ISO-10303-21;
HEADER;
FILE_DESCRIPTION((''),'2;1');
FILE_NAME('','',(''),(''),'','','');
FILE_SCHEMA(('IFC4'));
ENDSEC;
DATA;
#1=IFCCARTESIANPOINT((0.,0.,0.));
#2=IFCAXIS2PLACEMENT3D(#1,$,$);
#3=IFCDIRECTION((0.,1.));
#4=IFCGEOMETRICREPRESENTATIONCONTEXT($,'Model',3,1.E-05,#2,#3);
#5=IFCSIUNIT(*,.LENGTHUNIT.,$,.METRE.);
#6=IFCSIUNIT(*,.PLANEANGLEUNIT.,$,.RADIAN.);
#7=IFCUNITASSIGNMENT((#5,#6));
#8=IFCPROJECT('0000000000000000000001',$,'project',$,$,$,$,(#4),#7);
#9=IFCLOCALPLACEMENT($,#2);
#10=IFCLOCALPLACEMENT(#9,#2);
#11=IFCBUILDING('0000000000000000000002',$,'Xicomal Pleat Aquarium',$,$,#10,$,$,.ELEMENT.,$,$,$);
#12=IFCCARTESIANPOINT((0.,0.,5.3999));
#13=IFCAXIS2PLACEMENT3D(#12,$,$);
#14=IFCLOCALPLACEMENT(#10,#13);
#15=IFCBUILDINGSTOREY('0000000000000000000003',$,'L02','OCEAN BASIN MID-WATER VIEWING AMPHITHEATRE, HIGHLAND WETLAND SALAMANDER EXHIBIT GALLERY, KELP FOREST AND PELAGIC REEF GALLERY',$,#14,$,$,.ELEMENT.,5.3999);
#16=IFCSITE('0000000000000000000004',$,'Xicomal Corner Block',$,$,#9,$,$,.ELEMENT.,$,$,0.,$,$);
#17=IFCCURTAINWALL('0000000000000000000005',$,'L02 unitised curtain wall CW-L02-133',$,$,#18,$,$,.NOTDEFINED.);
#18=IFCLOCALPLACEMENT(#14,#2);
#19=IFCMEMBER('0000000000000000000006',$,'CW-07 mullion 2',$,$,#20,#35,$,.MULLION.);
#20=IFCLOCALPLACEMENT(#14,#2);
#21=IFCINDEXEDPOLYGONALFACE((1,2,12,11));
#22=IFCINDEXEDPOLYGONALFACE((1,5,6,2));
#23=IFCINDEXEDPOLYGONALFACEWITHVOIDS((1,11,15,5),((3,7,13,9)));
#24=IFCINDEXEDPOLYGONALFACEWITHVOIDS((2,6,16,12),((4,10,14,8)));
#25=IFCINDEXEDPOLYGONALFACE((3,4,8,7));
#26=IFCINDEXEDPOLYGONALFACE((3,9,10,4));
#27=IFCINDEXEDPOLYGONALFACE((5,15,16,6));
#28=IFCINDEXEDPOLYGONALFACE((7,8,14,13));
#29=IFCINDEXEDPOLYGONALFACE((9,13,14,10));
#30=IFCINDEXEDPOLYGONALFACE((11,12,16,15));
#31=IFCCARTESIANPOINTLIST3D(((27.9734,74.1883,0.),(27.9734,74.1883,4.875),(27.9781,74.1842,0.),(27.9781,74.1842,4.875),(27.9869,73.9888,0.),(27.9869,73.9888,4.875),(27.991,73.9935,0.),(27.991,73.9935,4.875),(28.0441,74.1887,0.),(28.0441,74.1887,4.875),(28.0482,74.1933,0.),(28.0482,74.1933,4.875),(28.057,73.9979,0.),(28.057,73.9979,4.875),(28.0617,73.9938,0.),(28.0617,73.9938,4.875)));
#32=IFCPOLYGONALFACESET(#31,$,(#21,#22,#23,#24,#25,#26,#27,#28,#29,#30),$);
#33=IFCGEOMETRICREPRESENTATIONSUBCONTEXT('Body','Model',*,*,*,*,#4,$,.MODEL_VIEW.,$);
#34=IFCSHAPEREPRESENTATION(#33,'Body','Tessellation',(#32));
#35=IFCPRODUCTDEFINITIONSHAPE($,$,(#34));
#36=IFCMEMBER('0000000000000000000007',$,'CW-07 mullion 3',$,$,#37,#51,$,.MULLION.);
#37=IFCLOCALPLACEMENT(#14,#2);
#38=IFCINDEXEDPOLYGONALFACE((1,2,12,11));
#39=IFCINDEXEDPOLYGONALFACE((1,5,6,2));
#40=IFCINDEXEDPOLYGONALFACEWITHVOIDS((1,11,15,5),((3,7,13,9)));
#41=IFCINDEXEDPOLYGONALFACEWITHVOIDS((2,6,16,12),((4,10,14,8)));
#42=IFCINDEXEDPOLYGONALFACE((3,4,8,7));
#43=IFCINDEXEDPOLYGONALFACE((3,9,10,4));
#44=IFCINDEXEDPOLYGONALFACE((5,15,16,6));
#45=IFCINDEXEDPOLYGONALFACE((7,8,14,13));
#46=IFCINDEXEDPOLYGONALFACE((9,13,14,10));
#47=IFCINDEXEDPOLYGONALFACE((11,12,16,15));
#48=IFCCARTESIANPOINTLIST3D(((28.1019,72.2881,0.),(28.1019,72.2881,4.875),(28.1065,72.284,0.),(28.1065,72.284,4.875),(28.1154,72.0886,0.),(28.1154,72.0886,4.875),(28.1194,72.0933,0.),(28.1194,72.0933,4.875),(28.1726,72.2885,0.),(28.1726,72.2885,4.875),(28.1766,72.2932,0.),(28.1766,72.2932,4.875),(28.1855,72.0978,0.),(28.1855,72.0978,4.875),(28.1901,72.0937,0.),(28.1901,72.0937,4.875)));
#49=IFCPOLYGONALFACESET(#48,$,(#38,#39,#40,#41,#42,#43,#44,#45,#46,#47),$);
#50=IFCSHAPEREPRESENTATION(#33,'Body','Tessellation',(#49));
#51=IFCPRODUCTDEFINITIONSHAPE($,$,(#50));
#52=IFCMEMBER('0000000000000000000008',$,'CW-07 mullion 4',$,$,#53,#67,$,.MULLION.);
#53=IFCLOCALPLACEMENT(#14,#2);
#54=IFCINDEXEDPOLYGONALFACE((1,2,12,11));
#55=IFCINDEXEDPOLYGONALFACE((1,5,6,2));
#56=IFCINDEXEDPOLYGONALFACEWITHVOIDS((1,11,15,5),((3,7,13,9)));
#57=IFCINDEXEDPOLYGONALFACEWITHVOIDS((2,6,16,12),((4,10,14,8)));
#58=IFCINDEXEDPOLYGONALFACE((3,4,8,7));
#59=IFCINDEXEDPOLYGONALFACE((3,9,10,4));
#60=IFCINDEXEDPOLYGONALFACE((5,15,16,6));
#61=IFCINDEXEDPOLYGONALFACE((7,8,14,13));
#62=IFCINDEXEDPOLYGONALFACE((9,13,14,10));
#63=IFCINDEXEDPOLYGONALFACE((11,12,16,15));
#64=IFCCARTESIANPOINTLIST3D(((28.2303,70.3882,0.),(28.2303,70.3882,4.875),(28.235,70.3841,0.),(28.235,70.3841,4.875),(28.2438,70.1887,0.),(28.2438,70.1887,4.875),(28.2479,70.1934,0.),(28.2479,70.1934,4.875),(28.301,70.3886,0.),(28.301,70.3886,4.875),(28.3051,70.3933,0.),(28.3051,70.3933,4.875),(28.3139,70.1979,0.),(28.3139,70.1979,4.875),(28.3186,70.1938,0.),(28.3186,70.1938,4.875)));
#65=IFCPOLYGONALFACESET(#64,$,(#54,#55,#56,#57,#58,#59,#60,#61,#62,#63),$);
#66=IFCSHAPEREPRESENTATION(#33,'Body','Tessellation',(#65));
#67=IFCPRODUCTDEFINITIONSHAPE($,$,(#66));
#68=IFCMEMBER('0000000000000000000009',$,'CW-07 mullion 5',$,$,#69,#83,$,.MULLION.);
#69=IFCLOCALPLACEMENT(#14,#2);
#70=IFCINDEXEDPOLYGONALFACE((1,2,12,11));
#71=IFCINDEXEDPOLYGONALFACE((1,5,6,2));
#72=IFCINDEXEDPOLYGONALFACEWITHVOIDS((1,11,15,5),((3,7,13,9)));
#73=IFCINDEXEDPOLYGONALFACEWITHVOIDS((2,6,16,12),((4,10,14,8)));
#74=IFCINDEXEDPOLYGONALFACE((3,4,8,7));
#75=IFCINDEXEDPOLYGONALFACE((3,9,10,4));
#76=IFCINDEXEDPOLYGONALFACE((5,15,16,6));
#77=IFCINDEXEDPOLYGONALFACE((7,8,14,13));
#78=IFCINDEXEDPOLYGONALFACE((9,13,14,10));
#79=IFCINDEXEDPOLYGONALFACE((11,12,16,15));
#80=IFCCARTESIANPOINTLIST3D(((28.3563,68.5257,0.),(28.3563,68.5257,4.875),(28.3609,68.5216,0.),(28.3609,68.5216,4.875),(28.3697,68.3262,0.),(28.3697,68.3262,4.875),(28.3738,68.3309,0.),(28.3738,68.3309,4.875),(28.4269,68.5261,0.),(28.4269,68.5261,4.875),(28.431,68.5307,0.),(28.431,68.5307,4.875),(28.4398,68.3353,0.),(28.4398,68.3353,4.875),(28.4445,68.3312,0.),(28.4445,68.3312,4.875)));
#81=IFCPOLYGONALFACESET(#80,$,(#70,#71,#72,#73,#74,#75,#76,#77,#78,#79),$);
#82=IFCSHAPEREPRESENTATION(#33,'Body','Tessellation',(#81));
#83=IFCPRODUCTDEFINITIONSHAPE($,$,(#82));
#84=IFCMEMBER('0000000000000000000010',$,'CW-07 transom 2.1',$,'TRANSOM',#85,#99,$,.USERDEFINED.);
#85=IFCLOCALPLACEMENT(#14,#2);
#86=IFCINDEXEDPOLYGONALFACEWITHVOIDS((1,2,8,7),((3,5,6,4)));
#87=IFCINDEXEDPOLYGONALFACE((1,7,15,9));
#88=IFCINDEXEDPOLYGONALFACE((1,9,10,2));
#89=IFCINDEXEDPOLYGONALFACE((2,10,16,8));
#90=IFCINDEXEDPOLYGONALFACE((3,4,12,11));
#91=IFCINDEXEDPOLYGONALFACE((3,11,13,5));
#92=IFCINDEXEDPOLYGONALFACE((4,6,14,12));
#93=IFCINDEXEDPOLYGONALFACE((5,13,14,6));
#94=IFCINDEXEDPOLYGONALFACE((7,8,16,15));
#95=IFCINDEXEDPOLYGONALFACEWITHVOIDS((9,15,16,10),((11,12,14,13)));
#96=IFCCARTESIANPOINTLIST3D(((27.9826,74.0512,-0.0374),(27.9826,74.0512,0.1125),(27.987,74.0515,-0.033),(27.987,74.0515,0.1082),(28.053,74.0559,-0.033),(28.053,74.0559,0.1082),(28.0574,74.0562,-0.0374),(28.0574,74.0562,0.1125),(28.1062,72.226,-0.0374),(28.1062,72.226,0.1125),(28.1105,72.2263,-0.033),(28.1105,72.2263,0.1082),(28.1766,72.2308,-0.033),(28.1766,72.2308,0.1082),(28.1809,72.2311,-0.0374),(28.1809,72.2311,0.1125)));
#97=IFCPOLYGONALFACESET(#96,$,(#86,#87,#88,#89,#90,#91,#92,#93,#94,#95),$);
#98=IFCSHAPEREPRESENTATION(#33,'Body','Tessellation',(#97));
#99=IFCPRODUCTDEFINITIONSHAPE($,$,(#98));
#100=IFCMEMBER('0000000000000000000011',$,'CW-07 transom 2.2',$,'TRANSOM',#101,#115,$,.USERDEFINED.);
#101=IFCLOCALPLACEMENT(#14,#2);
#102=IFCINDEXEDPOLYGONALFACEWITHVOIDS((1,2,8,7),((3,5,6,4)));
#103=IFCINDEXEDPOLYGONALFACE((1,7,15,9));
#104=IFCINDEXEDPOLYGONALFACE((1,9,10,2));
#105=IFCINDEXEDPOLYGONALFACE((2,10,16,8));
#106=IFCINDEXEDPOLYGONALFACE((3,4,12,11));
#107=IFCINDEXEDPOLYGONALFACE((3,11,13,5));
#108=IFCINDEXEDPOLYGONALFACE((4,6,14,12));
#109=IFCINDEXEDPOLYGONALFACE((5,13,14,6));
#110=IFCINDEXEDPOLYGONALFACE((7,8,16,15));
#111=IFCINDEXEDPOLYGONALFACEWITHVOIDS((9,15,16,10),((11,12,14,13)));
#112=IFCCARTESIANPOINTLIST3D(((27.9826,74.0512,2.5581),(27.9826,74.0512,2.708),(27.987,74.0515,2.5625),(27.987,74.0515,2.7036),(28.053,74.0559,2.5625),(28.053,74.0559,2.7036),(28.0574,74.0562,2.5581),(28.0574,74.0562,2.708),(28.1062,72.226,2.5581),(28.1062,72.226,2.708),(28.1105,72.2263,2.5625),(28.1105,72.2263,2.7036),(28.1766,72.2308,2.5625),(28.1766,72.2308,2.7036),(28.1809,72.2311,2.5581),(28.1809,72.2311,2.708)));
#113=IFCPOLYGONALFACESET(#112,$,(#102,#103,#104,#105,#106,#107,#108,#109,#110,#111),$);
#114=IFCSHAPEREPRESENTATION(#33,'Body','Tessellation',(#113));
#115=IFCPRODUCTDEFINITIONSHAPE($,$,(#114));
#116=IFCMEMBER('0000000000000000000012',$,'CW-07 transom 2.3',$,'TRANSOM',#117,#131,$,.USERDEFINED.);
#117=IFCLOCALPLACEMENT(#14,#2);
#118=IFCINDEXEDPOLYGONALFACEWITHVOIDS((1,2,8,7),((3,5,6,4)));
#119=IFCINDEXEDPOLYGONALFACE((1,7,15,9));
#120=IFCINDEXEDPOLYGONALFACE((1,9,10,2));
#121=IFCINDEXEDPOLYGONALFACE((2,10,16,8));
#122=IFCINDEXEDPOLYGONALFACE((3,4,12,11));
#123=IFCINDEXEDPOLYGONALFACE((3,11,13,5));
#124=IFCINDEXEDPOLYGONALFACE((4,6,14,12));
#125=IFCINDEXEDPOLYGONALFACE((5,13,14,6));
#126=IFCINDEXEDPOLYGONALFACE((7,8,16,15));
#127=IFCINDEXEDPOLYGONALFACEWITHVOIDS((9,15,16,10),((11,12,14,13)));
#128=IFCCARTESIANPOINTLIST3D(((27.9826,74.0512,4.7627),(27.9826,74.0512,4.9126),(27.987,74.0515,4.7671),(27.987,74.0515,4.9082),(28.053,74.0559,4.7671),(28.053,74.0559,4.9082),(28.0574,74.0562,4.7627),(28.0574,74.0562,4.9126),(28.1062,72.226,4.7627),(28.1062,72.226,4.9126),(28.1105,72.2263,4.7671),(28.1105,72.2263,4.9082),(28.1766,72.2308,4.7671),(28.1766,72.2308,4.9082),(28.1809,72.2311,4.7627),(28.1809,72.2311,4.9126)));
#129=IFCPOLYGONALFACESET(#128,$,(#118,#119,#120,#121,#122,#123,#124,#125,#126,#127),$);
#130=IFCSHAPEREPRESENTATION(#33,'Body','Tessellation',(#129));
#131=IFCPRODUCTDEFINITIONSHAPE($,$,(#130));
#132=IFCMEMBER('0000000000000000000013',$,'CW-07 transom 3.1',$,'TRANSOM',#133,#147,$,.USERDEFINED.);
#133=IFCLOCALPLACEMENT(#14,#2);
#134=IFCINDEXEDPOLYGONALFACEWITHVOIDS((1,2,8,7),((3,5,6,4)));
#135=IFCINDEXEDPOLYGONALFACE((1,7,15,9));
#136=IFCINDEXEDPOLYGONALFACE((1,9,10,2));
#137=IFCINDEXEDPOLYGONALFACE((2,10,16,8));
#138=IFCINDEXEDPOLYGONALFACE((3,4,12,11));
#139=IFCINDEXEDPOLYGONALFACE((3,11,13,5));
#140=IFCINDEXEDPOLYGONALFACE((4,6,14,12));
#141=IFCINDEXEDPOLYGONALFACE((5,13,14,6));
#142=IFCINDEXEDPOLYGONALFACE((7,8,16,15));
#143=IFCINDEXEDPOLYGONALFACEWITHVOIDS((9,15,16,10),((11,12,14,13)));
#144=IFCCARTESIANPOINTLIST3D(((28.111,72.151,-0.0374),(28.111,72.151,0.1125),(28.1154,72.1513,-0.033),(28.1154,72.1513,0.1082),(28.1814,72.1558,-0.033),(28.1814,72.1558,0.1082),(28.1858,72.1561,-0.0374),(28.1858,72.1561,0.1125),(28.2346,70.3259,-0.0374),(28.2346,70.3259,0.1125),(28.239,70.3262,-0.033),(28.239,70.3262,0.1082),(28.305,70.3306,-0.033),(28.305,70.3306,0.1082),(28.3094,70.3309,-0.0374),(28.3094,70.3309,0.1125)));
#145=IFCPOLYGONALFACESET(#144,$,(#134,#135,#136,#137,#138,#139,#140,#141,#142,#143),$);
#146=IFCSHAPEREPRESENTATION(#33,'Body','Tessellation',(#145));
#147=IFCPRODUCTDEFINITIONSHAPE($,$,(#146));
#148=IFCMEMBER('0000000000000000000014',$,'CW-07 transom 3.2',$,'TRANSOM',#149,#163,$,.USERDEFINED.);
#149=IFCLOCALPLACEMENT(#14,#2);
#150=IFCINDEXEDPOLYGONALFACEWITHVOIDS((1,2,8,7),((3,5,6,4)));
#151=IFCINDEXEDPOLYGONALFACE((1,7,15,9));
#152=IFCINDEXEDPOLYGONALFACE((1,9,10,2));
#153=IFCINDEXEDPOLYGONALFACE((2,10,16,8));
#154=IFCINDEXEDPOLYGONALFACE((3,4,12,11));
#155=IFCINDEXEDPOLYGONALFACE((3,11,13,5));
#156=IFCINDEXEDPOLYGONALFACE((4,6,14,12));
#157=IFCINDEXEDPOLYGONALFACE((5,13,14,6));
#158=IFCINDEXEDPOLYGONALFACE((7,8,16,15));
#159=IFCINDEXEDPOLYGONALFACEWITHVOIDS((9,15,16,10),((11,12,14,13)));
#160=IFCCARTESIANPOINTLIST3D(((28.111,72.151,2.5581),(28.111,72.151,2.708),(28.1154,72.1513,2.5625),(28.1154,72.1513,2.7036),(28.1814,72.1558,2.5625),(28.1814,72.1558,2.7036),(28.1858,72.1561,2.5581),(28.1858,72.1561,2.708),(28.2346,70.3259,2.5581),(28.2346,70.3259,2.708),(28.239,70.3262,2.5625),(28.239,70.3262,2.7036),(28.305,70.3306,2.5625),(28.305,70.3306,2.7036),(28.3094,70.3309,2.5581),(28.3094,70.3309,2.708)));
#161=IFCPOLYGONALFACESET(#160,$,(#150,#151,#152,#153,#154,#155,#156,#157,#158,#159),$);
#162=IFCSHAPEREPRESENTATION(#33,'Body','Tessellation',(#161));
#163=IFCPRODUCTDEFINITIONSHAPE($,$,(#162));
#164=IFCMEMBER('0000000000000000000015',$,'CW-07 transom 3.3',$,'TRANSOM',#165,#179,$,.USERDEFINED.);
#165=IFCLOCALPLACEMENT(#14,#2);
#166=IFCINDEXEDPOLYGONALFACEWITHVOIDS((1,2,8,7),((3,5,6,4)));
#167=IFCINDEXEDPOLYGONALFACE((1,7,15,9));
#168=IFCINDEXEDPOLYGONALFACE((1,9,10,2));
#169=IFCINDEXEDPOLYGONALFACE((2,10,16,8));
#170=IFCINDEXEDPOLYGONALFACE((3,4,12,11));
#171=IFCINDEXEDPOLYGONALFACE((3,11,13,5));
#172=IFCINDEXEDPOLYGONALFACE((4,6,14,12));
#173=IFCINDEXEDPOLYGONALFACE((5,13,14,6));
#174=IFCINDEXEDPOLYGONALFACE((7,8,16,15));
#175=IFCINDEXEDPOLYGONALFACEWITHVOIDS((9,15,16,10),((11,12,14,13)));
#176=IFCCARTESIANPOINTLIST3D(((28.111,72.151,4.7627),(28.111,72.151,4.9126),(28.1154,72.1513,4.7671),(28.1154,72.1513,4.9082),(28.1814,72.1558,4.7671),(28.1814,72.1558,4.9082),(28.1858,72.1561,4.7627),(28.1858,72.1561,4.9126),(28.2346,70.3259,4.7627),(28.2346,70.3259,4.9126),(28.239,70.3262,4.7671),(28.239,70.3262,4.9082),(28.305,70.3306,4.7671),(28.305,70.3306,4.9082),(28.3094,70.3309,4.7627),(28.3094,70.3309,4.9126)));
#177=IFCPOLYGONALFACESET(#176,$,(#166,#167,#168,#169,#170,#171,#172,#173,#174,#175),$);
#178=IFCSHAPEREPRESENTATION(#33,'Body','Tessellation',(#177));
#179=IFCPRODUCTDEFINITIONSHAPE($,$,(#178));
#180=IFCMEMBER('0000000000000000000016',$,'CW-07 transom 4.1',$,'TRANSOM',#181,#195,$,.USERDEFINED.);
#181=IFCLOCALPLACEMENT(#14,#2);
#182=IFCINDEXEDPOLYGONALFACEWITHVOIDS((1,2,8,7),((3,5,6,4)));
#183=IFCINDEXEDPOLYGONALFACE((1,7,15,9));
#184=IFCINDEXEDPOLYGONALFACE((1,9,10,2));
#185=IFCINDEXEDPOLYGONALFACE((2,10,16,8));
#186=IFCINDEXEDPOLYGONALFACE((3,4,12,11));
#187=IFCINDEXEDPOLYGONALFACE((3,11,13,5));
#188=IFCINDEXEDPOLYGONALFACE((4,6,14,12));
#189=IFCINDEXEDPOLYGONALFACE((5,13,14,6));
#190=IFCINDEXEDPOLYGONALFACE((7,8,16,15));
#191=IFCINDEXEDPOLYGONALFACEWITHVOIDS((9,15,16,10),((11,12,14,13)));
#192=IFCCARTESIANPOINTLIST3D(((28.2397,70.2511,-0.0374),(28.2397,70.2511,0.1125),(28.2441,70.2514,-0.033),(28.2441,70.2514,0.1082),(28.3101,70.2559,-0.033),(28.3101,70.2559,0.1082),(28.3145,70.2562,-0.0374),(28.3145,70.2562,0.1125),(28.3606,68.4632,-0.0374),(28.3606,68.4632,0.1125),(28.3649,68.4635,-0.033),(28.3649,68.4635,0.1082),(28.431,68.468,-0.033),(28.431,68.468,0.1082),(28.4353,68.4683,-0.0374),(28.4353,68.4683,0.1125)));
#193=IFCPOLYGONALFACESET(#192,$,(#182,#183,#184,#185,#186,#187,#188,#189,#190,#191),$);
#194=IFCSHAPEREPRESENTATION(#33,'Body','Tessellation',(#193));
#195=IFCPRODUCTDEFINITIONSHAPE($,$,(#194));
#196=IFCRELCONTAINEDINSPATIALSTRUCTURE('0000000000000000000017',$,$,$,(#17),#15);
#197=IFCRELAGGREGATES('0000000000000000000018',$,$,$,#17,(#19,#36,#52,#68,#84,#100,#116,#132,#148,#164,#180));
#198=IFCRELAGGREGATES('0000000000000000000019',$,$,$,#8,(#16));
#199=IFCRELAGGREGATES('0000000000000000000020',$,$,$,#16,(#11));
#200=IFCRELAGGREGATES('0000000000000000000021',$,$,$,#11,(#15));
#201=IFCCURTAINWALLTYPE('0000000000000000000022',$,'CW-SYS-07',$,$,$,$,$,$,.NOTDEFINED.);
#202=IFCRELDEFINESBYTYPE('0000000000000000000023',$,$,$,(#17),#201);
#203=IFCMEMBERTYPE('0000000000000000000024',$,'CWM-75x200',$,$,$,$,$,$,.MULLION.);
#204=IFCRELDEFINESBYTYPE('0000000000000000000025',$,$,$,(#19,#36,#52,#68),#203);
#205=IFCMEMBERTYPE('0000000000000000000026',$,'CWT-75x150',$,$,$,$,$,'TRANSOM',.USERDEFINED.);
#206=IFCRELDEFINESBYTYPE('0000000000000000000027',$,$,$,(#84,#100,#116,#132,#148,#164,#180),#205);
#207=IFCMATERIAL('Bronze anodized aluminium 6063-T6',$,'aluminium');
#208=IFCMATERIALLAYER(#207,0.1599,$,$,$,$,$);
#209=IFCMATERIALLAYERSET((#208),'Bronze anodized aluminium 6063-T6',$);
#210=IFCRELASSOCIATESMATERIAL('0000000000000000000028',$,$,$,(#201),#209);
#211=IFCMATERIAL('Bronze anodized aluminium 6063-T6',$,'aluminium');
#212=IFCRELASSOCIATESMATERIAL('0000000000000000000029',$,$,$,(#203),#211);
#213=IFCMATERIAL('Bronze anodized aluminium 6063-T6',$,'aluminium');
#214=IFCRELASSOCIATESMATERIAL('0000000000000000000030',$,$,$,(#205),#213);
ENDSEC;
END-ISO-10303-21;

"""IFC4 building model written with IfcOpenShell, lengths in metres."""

from ifc_helpers import new_model, si_unit, direction, frame, origin, origin_2d, place, context, subcontext, project, spatial, hollow_rectangle, extrude, material, layer, layer_set, material_profile, profile_set, type_object, element, aggregate, save


model = new_model("IFC4")

# Units and contexts
model_context = context("Model", 3, precision=1e-05, world=origin(), true_north=direction((0.0, 1.0)))
body_context = subcontext(model_context, "Body", "Model", "MODEL_VIEW")
ifc_project = project(units=[si_unit("LENGTHUNIT", "METRE"), si_unit("PLANEANGLEUNIT", "RADIAN")], contexts=[model_context])

# Site, building, storey
site_placement = place(None, origin())
site = spatial("IfcSite", under=ifc_project, at=site_placement, Name="Xicomal Corner Block", CompositionType="ELEMENT", RefElevation=0.0)
building_placement = place(site_placement, origin())
building = spatial("IfcBuilding", under=site, at=building_placement, Name="Xicomal Pleat Aquarium", CompositionType="ELEMENT")
storey_placement = place(building_placement, frame((0.0, 0.0, 5.3999)))
storey = spatial("IfcBuildingStorey", under=building, at=storey_placement, Name="L02", Description="OCEAN BASIN MID-WATER VIEWING AMPHITHEATRE, HIGHLAND WETLAND SALAMANDER EXHIBIT GALLERY, KELP FOREST AND PELAGIC REEF GALLERY", CompositionType="ELEMENT", Elevation=5.3999)

# Curtain wall, members
ifc_material_1 = material(Name="Bronze anodized aluminium 6063-T6", Category="aluminium")
ifc_layer_1 = layer(ifc_material_1, 0.1599)
ifc_layer_set_1 = layer_set([ifc_layer_1], Name="Bronze anodized aluminium 6063-T6")
curtain_wall_type = type_object("IfcCurtainWallType", Name="CW-SYS-07", PredefinedType="NOTDEFINED", material=ifc_layer_set_1)
curtain_wall_placement = place(storey_placement, origin())
curtain_wall = element("IfcCurtainWall", 1, at=curtain_wall_placement, inside=storey, type_object=curtain_wall_type, Name="L02 unitised curtain wall CW-L02-133", PredefinedType="NOTDEFINED")
ifc_material_2 = material(Name="Bronze anodized aluminium 6063-T6", Category="aluminium")
ifc_material_profile_1 = material_profile(ifc_material_2, hollow_rectangle(XDim=0.075, YDim=0.2, WallThickness=0.0044, at=origin_2d()), Name="ALU MULL 75x200")
ifc_profile_set_1 = profile_set([ifc_material_profile_1], Name="Bronze anodized aluminium 6063-T6")
member_type_1 = type_object("IfcMemberType", Name="CWM-75x200", PredefinedType="MULLION", material=ifc_profile_set_1)
member_1_placement = place(storey_placement, frame((28.0176, 74.0911, 0.0), z_axis=(0.0, 0.0, 1.0), x_axis=(0.997721, 0.067477, 0.0)))
member_1 = element("IfcMember", 2, at=member_1_placement, type_object=member_type_1, Name="CW-07 mullion 2", PredefinedType="MULLION", context=body_context, shape_type="SweptSolid", body=[
    extrude(hollow_rectangle(XDim=0.075, YDim=0.2, WallThickness=0.0044, at=origin_2d()), origin(), (0.0, 0.0, 1.0), 4.875),
])
member_2_placement = place(storey_placement, frame((28.146, 72.1909, 0.0), z_axis=(0.0, 0.0, 1.0), x_axis=(0.997721, 0.067477, 0.0)))
member_2 = element("IfcMember", 3, at=member_2_placement, type_object=member_type_1, Name="CW-07 mullion 3", PredefinedType="MULLION", context=body_context, shape_type="SweptSolid", body=[
    extrude(hollow_rectangle(XDim=0.075, YDim=0.2, WallThickness=0.0044, at=origin_2d()), origin(), (0.0, 0.0, 1.0), 4.875),
])
member_3_placement = place(storey_placement, frame((28.2744, 70.291, 0.0), z_axis=(0.0, 0.0, 1.0), x_axis=(0.997721, 0.067477, 0.0)))
member_3 = element("IfcMember", 4, at=member_3_placement, type_object=member_type_1, Name="CW-07 mullion 4", PredefinedType="MULLION", context=body_context, shape_type="SweptSolid", body=[
    extrude(hollow_rectangle(XDim=0.075, YDim=0.2, WallThickness=0.0044, at=origin_2d()), origin(), (0.0, 0.0, 1.0), 4.875),
])
member_4_placement = place(storey_placement, frame((28.4004, 68.4285, 0.0), z_axis=(0.0, 0.0, 1.0), x_axis=(0.997721, 0.067477, 0.0)))
member_4 = element("IfcMember", 5, at=member_4_placement, type_object=member_type_1, Name="CW-07 mullion 5", PredefinedType="MULLION", context=body_context, shape_type="SweptSolid", body=[
    extrude(hollow_rectangle(XDim=0.075, YDim=0.2, WallThickness=0.0044, at=origin_2d()), origin(), (0.0, 0.0, 1.0), 4.875),
])
ifc_material_3 = material(Name="Bronze anodized aluminium 6063-T6", Category="aluminium")
ifc_material_profile_2 = material_profile(ifc_material_3, hollow_rectangle(XDim=0.075, YDim=0.1499, WallThickness=0.0044, at=origin_2d()), Name="ALU TRAN 75x150")
ifc_profile_set_2 = profile_set([ifc_material_profile_2], Name="Bronze anodized aluminium 6063-T6")
member_type_2 = type_object("IfcMemberType", Name="CWT-75x150", ElementType="TRANSOM", PredefinedType="USERDEFINED", material=ifc_profile_set_2)
member_5_placement = place(storey_placement, frame((28.02, 74.0537, 0.0376), z_axis=(0.067529, -0.997717, 0.0), x_axis=(0.997717, 0.067529, 0.0)))
member_5 = element("IfcMember", 6, at=member_5_placement, type_object=member_type_2, Name="CW-07 transom 2.1", ObjectType="TRANSOM", PredefinedType="USERDEFINED", context=body_context, shape_type="SweptSolid", body=[
    extrude(hollow_rectangle(XDim=0.075, YDim=0.1499, WallThickness=0.0044, at=origin_2d()), origin(), (0.0, 0.0, 1.0), 1.8293),
])
member_6_placement = place(storey_placement, frame((28.02, 74.0537, 2.6331), z_axis=(0.067529, -0.997717, 0.0), x_axis=(0.997717, 0.067529, 0.0)))
member_6 = element("IfcMember", 7, at=member_6_placement, type_object=member_type_2, Name="CW-07 transom 2.2", ObjectType="TRANSOM", PredefinedType="USERDEFINED", context=body_context, shape_type="SweptSolid", body=[
    extrude(hollow_rectangle(XDim=0.075, YDim=0.1499, WallThickness=0.0044, at=origin_2d()), origin(), (0.0, 0.0, 1.0), 1.8293),
])
member_7_placement = place(storey_placement, frame((28.02, 74.0537, 4.8376), z_axis=(0.067529, -0.997717, 0.0), x_axis=(0.997717, 0.067529, 0.0)))
member_7 = element("IfcMember", 8, at=member_7_placement, type_object=member_type_2, Name="CW-07 transom 2.3", ObjectType="TRANSOM", PredefinedType="USERDEFINED", context=body_context, shape_type="SweptSolid", body=[
    extrude(hollow_rectangle(XDim=0.075, YDim=0.1499, WallThickness=0.0044, at=origin_2d()), origin(), (0.0, 0.0, 1.0), 1.8293),
])
member_8_placement = place(storey_placement, frame((28.1484, 72.1536, 0.0376), z_axis=(0.067529, -0.997717, 0.0), x_axis=(0.997717, 0.067529, 0.0)))
member_8 = element("IfcMember", 9, at=member_8_placement, type_object=member_type_2, Name="CW-07 transom 3.1", ObjectType="TRANSOM", PredefinedType="USERDEFINED", context=body_context, shape_type="SweptSolid", body=[
    extrude(hollow_rectangle(XDim=0.075, YDim=0.1499, WallThickness=0.0044, at=origin_2d()), origin(), (0.0, 0.0, 1.0), 1.8293),
])
member_9_placement = place(storey_placement, frame((28.1484, 72.1536, 2.6331), z_axis=(0.067529, -0.997717, 0.0), x_axis=(0.997717, 0.067529, 0.0)))
member_9 = element("IfcMember", 10, at=member_9_placement, type_object=member_type_2, Name="CW-07 transom 3.2", ObjectType="TRANSOM", PredefinedType="USERDEFINED", context=body_context, shape_type="SweptSolid", body=[
    extrude(hollow_rectangle(XDim=0.075, YDim=0.1499, WallThickness=0.0044, at=origin_2d()), origin(), (0.0, 0.0, 1.0), 1.8293),
])
member_10_placement = place(storey_placement, frame((28.1484, 72.1536, 4.8376), z_axis=(0.067529, -0.997717, 0.0), x_axis=(0.997717, 0.067529, 0.0)))
member_10 = element("IfcMember", 11, at=member_10_placement, type_object=member_type_2, Name="CW-07 transom 3.3", ObjectType="TRANSOM", PredefinedType="USERDEFINED", context=body_context, shape_type="SweptSolid", body=[
    extrude(hollow_rectangle(XDim=0.075, YDim=0.1499, WallThickness=0.0044, at=origin_2d()), origin(), (0.0, 0.0, 1.0), 1.8293),
])
member_11_placement = place(storey_placement, frame((28.2771, 70.2537, 0.0376), z_axis=(0.067441, -0.997723, 0.0), x_axis=(0.997723, 0.067441, 0.0)))
member_11 = element("IfcMember", 12, at=member_11_placement, type_object=member_type_2, Name="CW-07 transom 4.1", ObjectType="TRANSOM", PredefinedType="USERDEFINED", context=body_context, shape_type="SweptSolid", body=[
    extrude(hollow_rectangle(XDim=0.075, YDim=0.1499, WallThickness=0.0044, at=origin_2d()), origin(), (0.0, 0.0, 1.0), 1.792),
])
aggregate(curtain_wall, [member_1, member_2, member_3, member_4, member_5, member_6, member_7, member_8, member_9, member_10, member_11])

save(model, "model.ifc")
